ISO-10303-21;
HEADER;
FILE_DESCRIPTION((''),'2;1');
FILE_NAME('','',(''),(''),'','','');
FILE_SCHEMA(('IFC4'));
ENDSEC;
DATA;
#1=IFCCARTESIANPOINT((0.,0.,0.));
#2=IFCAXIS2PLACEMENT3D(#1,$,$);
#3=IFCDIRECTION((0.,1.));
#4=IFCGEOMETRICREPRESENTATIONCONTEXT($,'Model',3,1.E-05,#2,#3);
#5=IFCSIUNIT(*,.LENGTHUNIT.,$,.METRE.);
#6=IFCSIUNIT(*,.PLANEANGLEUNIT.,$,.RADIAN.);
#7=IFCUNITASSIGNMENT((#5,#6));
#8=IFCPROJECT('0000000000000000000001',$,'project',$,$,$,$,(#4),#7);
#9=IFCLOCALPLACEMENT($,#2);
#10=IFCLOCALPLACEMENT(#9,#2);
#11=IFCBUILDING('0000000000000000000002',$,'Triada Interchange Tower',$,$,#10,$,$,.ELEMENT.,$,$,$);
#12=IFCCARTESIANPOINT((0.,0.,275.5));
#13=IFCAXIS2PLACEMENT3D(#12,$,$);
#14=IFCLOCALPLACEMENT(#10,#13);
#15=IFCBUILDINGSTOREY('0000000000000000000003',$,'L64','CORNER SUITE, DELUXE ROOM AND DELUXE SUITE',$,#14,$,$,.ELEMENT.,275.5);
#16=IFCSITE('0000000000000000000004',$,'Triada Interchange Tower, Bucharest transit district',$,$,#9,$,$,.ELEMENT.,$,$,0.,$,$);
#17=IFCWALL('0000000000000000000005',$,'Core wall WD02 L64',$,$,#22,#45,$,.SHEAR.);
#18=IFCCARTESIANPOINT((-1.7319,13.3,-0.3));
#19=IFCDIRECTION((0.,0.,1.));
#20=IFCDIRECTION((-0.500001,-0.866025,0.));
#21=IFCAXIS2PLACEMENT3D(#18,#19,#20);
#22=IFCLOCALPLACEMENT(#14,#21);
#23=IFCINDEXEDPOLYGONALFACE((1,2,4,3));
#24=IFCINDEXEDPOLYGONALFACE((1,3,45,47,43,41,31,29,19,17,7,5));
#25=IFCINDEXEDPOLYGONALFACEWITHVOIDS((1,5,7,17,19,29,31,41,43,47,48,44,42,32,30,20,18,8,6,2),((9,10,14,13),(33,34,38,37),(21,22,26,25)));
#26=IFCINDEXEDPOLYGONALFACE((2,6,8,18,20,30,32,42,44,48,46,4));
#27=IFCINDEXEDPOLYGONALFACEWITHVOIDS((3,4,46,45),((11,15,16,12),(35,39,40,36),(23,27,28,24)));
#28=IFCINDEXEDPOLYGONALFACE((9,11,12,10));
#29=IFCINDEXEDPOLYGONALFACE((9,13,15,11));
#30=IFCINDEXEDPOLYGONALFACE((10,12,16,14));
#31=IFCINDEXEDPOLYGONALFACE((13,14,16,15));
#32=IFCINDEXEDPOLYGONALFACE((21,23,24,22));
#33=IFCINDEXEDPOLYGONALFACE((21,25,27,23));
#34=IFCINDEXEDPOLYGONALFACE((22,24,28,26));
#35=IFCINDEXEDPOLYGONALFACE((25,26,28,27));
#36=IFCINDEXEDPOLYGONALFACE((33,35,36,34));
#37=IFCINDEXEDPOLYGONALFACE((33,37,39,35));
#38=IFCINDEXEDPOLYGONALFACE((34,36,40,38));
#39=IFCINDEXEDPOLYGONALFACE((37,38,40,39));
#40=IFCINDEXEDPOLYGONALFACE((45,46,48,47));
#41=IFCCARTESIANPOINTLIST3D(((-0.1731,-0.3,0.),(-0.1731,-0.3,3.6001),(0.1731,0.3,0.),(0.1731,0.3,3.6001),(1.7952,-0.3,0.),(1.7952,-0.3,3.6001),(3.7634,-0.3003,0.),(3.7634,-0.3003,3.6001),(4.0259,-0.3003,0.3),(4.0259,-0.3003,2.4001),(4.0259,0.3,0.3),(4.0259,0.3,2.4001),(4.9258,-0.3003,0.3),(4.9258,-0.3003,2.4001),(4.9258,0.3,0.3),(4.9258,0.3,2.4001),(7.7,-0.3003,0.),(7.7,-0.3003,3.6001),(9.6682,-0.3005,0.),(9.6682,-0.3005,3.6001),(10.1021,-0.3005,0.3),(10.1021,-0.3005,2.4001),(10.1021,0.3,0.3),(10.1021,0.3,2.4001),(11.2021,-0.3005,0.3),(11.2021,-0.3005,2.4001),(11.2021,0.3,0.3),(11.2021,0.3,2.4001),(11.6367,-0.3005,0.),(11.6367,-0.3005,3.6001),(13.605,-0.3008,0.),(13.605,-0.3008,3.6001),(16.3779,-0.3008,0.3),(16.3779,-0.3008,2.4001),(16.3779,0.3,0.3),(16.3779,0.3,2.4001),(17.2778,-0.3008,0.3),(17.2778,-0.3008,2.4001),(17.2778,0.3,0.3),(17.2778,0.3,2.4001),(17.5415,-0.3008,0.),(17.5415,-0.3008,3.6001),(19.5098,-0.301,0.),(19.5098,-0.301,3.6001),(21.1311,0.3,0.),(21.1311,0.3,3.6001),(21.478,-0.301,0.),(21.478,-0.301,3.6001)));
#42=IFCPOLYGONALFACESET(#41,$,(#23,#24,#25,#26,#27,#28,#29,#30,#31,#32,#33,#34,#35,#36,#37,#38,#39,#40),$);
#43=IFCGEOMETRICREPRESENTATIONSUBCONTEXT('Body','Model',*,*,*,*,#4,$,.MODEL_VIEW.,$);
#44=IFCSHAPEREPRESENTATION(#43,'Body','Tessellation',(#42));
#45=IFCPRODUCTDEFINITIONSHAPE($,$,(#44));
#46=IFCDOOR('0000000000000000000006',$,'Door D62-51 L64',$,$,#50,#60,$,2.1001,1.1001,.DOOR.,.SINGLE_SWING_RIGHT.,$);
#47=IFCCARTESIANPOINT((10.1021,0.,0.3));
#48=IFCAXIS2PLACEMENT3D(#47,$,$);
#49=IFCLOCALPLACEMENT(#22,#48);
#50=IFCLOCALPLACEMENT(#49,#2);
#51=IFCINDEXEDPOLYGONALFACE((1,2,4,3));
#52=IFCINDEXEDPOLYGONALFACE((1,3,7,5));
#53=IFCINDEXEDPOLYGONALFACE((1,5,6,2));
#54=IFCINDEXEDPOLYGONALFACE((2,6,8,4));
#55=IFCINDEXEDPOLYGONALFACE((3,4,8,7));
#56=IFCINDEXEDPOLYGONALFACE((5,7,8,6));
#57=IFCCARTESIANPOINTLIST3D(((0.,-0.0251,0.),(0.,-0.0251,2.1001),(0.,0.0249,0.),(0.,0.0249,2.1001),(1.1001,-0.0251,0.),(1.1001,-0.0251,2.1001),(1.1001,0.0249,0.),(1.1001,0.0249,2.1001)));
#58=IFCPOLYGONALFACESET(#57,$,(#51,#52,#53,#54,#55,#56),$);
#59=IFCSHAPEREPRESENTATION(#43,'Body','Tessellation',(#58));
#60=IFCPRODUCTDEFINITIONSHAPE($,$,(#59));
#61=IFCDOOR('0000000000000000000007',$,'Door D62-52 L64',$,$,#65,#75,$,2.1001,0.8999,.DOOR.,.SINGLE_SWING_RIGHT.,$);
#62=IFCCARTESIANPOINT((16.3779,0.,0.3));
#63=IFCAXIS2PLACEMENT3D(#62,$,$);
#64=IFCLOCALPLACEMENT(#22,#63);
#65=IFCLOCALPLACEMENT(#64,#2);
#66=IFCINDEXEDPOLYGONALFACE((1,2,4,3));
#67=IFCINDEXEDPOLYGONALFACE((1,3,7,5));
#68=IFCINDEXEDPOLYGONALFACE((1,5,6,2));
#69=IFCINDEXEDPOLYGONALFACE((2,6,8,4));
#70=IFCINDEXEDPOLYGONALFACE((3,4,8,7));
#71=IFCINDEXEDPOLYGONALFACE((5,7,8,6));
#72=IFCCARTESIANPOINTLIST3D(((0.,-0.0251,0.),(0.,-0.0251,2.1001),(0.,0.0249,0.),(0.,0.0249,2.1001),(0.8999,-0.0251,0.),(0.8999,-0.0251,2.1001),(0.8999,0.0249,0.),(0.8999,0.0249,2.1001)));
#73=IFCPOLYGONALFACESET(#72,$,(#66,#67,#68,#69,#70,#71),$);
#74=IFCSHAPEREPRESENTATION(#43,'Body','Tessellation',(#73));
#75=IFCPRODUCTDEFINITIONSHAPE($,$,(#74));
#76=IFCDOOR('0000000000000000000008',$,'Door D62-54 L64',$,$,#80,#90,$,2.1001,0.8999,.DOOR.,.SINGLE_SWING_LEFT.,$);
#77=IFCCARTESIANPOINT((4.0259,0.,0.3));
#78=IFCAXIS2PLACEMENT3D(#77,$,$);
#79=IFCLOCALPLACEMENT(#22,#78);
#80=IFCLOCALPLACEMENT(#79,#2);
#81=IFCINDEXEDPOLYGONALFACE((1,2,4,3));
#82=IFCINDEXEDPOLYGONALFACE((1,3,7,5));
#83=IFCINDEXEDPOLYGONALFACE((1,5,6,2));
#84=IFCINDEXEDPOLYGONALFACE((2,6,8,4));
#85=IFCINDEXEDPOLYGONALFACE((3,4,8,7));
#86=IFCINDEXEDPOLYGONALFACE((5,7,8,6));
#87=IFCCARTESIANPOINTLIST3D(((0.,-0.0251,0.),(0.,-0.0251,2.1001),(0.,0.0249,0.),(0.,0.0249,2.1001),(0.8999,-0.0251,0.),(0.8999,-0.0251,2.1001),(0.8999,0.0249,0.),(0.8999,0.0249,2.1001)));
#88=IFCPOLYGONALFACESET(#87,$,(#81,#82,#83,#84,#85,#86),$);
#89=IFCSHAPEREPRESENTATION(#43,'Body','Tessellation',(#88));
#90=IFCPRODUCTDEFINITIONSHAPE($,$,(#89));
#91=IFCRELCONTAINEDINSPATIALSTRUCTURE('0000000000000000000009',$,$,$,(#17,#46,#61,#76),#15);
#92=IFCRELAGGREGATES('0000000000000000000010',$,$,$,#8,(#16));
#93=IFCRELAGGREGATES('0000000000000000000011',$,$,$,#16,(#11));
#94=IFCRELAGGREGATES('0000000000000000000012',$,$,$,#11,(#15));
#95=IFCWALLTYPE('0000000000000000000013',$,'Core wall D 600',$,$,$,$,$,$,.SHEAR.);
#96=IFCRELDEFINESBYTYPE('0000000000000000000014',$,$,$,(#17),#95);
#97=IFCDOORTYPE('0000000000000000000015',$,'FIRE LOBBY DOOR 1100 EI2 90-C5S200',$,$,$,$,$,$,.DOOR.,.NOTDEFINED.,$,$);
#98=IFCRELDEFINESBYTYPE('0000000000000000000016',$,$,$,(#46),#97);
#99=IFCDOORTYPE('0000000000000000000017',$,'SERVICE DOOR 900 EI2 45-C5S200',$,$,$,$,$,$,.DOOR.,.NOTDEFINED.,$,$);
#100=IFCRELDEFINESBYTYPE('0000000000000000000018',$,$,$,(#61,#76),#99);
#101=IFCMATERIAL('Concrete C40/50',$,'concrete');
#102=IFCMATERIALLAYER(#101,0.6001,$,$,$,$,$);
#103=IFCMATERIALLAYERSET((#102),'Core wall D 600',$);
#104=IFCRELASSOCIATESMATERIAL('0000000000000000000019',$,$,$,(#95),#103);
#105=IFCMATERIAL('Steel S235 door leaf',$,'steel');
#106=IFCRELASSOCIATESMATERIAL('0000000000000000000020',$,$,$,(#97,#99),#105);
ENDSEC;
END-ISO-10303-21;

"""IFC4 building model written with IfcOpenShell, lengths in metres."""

from ifc_helpers import new_model, si_unit, direction, frame, frame_2d, origin, place, context, subcontext, project, spatial, polyline, rectangle, outline, extrude, material, layer, layer_set, type_object, element, fill, save


model = new_model("IFC4")

# Units and contexts
model_context = context("Model", 3, precision=1e-05, world=origin(), true_north=direction((0.0, 1.0)))
body_context = subcontext(model_context, "Body", "Model", "MODEL_VIEW")
ifc_project = project(units=[si_unit("LENGTHUNIT", "METRE"), si_unit("PLANEANGLEUNIT", "RADIAN")], contexts=[model_context])

# Site, building, storey
site_placement = place(None, origin())
site = spatial("IfcSite", under=ifc_project, at=site_placement, Name="Triada Interchange Tower, Bucharest transit district", CompositionType="ELEMENT", RefElevation=0.0)
building_placement = place(site_placement, origin())
building = spatial("IfcBuilding", under=site, at=building_placement, Name="Triada Interchange Tower", CompositionType="ELEMENT")
storey_placement = place(building_placement, frame((0.0, 0.0, 275.5)))
storey = spatial("IfcBuildingStorey", under=building, at=storey_placement, Name="L64", Description="CORNER SUITE, DELUXE ROOM AND DELUXE SUITE", CompositionType="ELEMENT", Elevation=275.5)

# Shared definitions
ifc_material_1 = material(Name="Concrete C40/50", Category="concrete")

# Wall, openings, doors
ifc_layer_1 = layer(ifc_material_1, 0.6001)
ifc_layer_set_1 = layer_set([ifc_layer_1], Name="Core wall D 600")
wall_type_1 = type_object("IfcWallType", Name="Core wall D 600", PredefinedType="SHEAR", material=ifc_layer_set_1)
wall_1_placement = place(storey_placement, frame((-1.7319, 13.3, -0.3), z_axis=(0.0, 0.0, 1.0), x_axis=(-0.500001, -0.866025, 0.0)))
wall_1 = element("IfcWall", 1, at=wall_1_placement, inside=storey, type_object=wall_type_1, Name="Core wall WD02 L64", PredefinedType="SHEAR", context=body_context, shape_type="SweptSolid", body=[
    extrude(outline(polyline([(-0.1731, -0.3), (1.7952, -0.3), (3.7634, -0.3003), (5.7317, -0.3003), (7.7, -0.3003), (9.6682, -0.3005), (11.6367, -0.3005), (13.605, -0.3008), (15.5732, -0.3008), (17.5415, -0.3008), (19.5098, -0.301), (21.478, -0.301), (21.1311, 0.3), (19.2258, 0.3), (17.3206, 0.3), (15.4153, 0.3), (13.51, 0.3), (11.6047, 0.3), (9.6995, 0.3), (7.7942, 0.3), (5.8889, 0.3), (3.9836, 0.3), (2.0784, 0.3), (0.1731, 0.3), (-0.1731, -0.3)])), origin(), (0.0, 0.0, 1.0), 3.6001),
])
opening_1_placement = place(wall_1_placement, frame((10.1021, 0.0, 0.3)))
opening_1 = element("IfcOpeningElement", 2, at=opening_1_placement, cuts=wall_1, PredefinedType="OPENING", context=body_context, shape_type="SweptSolid", body=[
    extrude(rectangle(XDim=1.1001, YDim=2.1001, at=frame_2d((0.55, 1.05))), frame((0.0, 0.3101, 0.0), z_axis=(0.0, -1.0, 0.0), x_axis=(1.0, 0.0, 0.0)), (0.0, 0.0, 1.0), 0.6211),
])
opening_2_placement = place(wall_1_placement, frame((16.3779, 0.0, 0.3)))
opening_2 = element("IfcOpeningElement", 3, at=opening_2_placement, cuts=wall_1, PredefinedType="OPENING", context=body_context, shape_type="SweptSolid", body=[
    extrude(rectangle(XDim=0.8999, YDim=2.1001, at=frame_2d((0.45, 1.05))), frame((0.0, 0.3101, 0.0), z_axis=(0.0, -1.0, 0.0), x_axis=(1.0, 0.0, 0.0)), (0.0, 0.0, 1.0), 0.6211),
])
opening_3_placement = place(wall_1_placement, frame((4.0259, 0.0, 0.3)))
opening_3 = element("IfcOpeningElement", 4, at=opening_3_placement, cuts=wall_1, PredefinedType="OPENING", context=body_context, shape_type="SweptSolid", body=[
    extrude(rectangle(XDim=0.8999, YDim=2.1001, at=frame_2d((0.45, 1.05))), frame((0.0, 0.3101, 0.0), z_axis=(0.0, -1.0, 0.0), x_axis=(1.0, 0.0, 0.0)), (0.0, 0.0, 1.0), 0.6211),
])
ifc_material_2 = material(Name="Steel S235 door leaf", Category="steel")
door_type_1 = type_object("IfcDoorType", Name="FIRE LOBBY DOOR 1100 EI2 90-C5S200", OperationType="NOTDEFINED", PredefinedType="DOOR", material=ifc_material_2)
door_1_placement = place(opening_1_placement, origin())
door_1 = element("IfcDoor", 5, at=door_1_placement, inside=storey, type_object=door_type_1, Name="Door D62-51 L64", OperationType="SINGLE_SWING_RIGHT", OverallHeight=2.1001, OverallWidth=1.1001, PredefinedType="DOOR", context=body_context, shape_type="SweptSolid", body=[
    extrude(rectangle(XDim=1.1001, YDim=2.1001, at=frame_2d((0.55, 1.05))), frame((0.0, 0.0249, 0.0), z_axis=(0.0, -1.0, 0.0), x_axis=(1.0, 0.0, 0.0)), (0.0, 0.0, 1.0), 0.05),
])
fill(opening_1, door_1)
door_type_2 = type_object("IfcDoorType", Name="SERVICE DOOR 900 EI2 45-C5S200", OperationType="NOTDEFINED", PredefinedType="DOOR", material=ifc_material_2)
door_2_placement = place(opening_2_placement, origin())
door_2 = element("IfcDoor", 6, at=door_2_placement, inside=storey, type_object=door_type_2, Name="Door D62-52 L64", OperationType="SINGLE_SWING_RIGHT", OverallHeight=2.1001, OverallWidth=0.8999, PredefinedType="DOOR", context=body_context, shape_type="SweptSolid", body=[
    extrude(rectangle(XDim=0.8999, YDim=2.1001, at=frame_2d((0.45, 1.05))), frame((0.0, 0.0249, 0.0), z_axis=(0.0, -1.0, 0.0), x_axis=(1.0, 0.0, 0.0)), (0.0, 0.0, 1.0), 0.05),
])
fill(opening_2, door_2)
door_3_placement = place(opening_3_placement, origin())
door_3 = element("IfcDoor", 7, at=door_3_placement, inside=storey, type_object=door_type_2, Name="Door D62-54 L64", OperationType="SINGLE_SWING_LEFT", OverallHeight=2.1001, OverallWidth=0.8999, PredefinedType="DOOR", context=body_context, shape_type="SweptSolid", body=[
    extrude(rectangle(XDim=0.8999, YDim=2.1001, at=frame_2d((0.45, 1.05))), frame((0.0, 0.0249, 0.0), z_axis=(0.0, -1.0, 0.0), x_axis=(1.0, 0.0, 0.0)), (0.0, 0.0, 1.0), 0.05),
])
fill(opening_3, door_3)

save(model, "model.ifc")
